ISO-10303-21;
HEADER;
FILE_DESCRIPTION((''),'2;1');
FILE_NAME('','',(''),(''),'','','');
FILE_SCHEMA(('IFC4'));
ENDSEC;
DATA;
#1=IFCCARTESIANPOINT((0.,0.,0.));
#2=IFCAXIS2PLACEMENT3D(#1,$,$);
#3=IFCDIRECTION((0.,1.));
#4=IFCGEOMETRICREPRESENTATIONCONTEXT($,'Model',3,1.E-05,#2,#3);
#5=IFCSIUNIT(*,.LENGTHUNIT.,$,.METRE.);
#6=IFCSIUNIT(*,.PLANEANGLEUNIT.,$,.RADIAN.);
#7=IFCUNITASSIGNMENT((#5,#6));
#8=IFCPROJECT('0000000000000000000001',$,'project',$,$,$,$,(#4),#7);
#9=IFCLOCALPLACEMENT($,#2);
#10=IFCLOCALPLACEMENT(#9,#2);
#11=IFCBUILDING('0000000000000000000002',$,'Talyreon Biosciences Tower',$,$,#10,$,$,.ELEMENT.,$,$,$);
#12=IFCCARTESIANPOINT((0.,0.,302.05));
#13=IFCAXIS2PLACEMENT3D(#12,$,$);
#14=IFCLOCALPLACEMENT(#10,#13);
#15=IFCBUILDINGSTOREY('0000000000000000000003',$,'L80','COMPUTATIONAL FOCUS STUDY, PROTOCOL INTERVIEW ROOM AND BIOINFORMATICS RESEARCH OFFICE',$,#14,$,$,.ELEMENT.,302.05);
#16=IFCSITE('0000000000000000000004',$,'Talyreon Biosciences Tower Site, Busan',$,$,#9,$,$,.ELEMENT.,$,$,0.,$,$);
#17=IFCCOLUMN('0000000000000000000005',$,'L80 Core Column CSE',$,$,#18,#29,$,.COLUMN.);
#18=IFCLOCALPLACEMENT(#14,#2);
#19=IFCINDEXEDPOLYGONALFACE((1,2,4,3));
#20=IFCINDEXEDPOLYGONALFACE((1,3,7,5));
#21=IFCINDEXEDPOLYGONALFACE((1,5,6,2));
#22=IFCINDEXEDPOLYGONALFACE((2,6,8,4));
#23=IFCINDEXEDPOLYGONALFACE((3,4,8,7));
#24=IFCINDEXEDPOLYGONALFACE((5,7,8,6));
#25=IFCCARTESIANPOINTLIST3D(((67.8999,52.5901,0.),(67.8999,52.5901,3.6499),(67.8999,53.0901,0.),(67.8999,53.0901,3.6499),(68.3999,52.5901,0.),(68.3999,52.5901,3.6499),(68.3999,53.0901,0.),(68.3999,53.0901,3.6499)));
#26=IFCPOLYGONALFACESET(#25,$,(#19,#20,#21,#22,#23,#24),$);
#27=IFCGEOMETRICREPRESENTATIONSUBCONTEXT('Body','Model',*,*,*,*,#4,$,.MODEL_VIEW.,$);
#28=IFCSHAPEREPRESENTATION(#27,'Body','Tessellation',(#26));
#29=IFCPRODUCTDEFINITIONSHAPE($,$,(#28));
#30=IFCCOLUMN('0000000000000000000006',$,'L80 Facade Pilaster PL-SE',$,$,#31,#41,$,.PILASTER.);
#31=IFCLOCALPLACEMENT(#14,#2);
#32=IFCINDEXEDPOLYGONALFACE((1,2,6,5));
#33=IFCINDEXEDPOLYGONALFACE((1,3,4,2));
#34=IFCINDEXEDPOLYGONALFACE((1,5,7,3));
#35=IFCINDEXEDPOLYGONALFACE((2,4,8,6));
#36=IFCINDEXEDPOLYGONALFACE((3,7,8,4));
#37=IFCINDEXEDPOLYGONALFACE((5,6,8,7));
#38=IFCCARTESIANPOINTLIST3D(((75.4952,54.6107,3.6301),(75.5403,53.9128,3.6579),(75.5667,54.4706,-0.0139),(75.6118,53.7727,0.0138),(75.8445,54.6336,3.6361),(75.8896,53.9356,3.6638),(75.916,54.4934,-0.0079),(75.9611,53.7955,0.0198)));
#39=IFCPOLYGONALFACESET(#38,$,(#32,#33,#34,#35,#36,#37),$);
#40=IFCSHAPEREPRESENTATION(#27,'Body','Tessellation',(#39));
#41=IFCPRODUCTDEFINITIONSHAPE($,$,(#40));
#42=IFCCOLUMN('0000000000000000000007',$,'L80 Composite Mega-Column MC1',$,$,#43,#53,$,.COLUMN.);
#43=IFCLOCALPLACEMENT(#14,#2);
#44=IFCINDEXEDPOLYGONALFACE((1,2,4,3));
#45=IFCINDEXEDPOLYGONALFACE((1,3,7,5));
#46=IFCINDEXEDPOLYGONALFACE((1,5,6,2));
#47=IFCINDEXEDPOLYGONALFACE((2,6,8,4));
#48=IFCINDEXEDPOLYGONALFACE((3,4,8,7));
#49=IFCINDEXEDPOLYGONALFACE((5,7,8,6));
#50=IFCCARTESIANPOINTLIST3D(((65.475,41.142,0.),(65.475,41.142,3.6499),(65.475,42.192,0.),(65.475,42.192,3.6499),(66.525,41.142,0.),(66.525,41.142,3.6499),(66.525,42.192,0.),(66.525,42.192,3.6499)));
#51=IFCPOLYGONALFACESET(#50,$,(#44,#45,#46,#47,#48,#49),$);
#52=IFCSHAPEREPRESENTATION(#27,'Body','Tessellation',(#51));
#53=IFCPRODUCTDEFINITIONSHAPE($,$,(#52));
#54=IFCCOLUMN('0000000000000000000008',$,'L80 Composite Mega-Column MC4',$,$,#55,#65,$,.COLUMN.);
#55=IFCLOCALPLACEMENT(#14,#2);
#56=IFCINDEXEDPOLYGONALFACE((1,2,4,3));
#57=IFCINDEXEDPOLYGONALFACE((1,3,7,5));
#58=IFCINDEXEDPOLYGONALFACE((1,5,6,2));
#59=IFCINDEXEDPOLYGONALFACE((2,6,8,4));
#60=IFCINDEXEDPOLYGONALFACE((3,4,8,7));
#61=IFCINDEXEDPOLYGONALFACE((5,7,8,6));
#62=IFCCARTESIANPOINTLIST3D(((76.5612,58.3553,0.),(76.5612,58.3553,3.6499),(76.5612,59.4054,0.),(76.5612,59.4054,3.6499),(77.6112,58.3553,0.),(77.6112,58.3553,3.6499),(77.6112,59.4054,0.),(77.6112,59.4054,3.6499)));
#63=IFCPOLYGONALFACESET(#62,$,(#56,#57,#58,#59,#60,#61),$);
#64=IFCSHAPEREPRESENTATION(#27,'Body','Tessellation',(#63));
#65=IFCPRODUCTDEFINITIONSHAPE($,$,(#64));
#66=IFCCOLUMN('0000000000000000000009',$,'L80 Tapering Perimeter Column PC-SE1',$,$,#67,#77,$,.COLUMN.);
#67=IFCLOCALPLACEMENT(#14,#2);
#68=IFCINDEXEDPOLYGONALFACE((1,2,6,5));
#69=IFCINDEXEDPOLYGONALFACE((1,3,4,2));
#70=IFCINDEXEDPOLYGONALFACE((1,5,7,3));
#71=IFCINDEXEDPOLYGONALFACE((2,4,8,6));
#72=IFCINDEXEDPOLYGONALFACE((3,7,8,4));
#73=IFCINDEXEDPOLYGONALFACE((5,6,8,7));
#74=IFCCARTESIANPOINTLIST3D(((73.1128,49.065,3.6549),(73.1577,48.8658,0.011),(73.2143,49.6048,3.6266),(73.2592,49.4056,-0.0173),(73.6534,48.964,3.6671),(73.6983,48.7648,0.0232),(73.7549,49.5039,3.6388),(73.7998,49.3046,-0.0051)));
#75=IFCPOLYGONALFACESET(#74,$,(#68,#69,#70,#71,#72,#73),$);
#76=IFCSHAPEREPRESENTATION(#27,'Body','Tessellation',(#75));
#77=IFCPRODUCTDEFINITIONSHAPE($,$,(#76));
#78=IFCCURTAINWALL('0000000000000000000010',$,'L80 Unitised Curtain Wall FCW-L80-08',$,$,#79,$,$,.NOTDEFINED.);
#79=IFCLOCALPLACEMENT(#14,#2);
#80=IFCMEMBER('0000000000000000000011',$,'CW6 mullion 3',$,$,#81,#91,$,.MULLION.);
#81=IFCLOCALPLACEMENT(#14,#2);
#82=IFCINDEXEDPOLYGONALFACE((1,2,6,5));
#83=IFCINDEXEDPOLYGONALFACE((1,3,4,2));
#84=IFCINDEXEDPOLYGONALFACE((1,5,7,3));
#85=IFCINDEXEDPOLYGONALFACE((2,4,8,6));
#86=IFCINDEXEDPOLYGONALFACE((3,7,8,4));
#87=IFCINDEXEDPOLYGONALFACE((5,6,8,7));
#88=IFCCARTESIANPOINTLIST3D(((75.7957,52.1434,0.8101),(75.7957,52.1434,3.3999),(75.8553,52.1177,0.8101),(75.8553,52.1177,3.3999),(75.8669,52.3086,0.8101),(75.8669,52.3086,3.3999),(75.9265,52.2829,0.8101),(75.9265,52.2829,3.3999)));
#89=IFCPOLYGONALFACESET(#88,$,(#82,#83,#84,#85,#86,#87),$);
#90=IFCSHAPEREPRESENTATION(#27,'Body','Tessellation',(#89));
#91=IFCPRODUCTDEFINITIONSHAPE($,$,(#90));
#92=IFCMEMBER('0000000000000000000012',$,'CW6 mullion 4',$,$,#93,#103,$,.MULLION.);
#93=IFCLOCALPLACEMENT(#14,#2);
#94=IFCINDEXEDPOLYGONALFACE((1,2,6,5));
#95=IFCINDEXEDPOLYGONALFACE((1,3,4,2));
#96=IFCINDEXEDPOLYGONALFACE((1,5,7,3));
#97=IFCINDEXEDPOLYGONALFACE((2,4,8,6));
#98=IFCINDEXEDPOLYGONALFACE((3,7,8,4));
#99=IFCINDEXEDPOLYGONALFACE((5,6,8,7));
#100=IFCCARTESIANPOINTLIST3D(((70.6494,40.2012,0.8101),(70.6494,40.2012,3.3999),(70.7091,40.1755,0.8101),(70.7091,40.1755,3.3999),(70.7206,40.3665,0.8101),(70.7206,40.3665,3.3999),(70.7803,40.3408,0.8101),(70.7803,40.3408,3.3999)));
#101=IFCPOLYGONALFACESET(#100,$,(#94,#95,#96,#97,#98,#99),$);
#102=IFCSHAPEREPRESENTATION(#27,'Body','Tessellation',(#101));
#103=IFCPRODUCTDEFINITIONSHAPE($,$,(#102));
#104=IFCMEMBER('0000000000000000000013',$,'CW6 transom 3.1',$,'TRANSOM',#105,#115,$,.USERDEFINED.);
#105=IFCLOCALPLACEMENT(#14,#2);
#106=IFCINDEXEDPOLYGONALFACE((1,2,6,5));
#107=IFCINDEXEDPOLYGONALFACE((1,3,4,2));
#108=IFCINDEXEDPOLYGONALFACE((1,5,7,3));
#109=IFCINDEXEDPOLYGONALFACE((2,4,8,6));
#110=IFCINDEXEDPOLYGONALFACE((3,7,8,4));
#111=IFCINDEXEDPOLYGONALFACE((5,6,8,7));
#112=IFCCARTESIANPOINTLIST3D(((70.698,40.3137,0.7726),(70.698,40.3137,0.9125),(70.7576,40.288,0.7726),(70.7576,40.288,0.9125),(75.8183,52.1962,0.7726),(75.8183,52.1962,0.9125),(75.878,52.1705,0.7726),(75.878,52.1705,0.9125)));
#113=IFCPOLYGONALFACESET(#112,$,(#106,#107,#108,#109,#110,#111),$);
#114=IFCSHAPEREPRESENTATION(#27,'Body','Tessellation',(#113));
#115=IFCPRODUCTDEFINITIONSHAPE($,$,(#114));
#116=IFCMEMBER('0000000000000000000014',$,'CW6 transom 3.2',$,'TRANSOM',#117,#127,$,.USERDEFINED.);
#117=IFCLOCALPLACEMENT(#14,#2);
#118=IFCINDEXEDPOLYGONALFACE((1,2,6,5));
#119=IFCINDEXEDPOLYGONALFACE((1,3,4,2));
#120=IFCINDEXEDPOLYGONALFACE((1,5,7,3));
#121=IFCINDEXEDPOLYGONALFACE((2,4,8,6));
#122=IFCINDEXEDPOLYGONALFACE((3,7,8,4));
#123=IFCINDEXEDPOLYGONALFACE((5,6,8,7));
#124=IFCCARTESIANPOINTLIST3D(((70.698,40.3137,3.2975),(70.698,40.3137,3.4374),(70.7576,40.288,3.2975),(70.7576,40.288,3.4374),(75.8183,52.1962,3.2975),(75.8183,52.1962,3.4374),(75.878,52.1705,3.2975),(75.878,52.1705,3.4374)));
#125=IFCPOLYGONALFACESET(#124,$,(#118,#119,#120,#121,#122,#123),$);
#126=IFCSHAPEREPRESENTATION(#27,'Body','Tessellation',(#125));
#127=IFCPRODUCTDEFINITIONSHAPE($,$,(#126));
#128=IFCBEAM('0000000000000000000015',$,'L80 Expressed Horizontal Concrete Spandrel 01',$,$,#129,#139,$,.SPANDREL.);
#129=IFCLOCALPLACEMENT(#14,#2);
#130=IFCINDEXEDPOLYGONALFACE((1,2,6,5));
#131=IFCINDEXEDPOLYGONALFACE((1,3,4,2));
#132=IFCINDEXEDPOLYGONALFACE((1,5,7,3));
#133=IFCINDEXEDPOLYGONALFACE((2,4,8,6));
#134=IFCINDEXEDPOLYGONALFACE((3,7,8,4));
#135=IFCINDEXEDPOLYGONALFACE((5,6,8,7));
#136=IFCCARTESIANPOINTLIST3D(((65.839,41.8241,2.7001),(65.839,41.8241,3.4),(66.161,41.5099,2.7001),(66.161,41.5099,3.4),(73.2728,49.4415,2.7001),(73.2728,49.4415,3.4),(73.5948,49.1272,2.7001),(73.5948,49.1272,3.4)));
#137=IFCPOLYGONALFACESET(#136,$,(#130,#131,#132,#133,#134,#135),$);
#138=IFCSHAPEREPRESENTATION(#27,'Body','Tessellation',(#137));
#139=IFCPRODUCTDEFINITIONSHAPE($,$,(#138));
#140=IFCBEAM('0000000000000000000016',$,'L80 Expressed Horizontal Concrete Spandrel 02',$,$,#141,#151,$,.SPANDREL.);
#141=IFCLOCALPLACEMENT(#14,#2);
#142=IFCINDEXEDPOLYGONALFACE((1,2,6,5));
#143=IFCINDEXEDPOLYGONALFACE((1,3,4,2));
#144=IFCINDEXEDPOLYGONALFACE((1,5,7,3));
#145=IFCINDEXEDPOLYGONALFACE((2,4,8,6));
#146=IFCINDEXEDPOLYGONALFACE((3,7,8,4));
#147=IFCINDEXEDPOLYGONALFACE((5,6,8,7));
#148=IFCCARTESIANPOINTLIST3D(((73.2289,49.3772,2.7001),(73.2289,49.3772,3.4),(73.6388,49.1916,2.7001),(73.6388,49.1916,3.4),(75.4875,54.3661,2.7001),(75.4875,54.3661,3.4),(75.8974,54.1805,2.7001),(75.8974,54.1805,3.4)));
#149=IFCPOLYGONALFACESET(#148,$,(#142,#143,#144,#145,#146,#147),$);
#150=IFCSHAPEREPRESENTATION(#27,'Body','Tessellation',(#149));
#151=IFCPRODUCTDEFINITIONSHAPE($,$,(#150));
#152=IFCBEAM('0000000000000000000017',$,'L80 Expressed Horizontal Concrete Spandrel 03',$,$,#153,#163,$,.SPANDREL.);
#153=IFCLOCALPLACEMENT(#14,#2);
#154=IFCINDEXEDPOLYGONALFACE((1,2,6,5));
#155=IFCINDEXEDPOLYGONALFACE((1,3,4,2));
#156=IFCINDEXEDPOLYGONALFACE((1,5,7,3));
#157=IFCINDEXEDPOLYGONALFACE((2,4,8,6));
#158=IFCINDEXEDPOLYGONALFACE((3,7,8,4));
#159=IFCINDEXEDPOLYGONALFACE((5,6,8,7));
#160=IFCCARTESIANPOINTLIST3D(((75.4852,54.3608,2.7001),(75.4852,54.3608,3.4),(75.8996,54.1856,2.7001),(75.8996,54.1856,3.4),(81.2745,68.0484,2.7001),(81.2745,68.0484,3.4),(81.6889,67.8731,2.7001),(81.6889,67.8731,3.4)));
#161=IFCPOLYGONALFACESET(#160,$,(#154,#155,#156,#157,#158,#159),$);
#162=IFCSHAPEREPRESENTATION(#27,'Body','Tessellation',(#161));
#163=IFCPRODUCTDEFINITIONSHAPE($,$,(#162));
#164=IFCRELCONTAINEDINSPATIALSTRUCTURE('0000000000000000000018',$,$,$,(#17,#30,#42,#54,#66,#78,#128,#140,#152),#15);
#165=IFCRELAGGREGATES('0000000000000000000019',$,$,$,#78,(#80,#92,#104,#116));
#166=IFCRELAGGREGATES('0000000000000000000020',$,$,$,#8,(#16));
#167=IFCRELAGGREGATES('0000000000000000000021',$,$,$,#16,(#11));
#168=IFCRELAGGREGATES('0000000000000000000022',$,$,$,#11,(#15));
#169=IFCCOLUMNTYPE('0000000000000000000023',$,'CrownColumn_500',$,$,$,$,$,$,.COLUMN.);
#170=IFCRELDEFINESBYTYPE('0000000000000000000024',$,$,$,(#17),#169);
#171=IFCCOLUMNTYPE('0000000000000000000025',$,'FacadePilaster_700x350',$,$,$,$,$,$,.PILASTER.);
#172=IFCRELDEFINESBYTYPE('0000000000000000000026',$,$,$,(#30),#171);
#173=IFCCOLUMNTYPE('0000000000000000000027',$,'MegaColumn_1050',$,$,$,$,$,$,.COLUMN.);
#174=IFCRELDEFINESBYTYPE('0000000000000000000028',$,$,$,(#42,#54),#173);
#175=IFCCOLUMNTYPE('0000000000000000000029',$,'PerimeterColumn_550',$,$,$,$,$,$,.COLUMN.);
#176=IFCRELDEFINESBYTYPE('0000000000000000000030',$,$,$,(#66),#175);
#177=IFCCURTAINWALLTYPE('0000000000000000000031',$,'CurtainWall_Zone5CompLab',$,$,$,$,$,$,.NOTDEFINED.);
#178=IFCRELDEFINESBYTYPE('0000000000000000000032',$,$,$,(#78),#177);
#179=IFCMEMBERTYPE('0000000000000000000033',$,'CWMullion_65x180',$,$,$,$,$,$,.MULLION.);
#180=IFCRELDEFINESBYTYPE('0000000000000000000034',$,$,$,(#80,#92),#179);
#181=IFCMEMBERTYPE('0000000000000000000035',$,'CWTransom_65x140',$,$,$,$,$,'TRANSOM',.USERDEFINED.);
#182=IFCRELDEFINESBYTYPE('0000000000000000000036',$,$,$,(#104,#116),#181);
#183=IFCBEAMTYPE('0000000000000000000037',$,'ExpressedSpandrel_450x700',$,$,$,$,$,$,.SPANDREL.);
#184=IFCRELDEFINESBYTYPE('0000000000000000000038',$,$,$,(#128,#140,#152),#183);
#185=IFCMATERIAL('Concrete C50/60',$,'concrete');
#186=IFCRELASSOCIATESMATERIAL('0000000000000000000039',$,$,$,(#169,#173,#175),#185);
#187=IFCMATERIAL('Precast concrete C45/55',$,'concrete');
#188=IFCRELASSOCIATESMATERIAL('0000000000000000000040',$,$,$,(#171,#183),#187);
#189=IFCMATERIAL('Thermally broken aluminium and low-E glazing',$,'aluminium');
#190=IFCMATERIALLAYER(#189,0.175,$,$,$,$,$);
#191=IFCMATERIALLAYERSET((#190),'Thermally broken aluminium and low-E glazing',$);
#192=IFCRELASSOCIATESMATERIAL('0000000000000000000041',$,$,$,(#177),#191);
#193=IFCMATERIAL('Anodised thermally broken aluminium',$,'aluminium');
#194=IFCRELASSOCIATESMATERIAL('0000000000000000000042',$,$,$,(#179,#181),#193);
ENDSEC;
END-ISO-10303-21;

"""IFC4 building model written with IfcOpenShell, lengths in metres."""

from ifc_helpers import new_model, si_unit, direction, frame, origin, origin_2d, place, context, subcontext, project, spatial, rectangle, extrude, material, layer, layer_set, material_profile, profile_set, type_object, element, aggregate, save


model = new_model("IFC4")

# Units and contexts
model_context = context("Model", 3, precision=1e-05, world=origin(), true_north=direction((0.0, 1.0)))
body_context = subcontext(model_context, "Body", "Model", "MODEL_VIEW")
ifc_project = project(units=[si_unit("LENGTHUNIT", "METRE"), si_unit("PLANEANGLEUNIT", "RADIAN")], contexts=[model_context])

# Site, building, storey
site_placement = place(None, origin())
site = spatial("IfcSite", under=ifc_project, at=site_placement, Name="Talyreon Biosciences Tower Site, Busan", CompositionType="ELEMENT", RefElevation=0.0)
building_placement = place(site_placement, origin())
building = spatial("IfcBuilding", under=site, at=building_placement, Name="Talyreon Biosciences Tower", CompositionType="ELEMENT")
storey_placement = place(building_placement, frame((0.0, 0.0, 302.05)))
storey = spatial("IfcBuildingStorey", under=building, at=storey_placement, Name="L80", Description="COMPUTATIONAL FOCUS STUDY, PROTOCOL INTERVIEW ROOM AND BIOINFORMATICS RESEARCH OFFICE", CompositionType="ELEMENT", Elevation=302.05)

# Columns
ifc_material_1 = material(Name="Concrete C50/60", Category="concrete")
ifc_material_profile_1 = material_profile(ifc_material_1, rectangle(XDim=0.5, YDim=0.5, at=origin_2d()), Name="RC 500x500")
ifc_profile_set_1 = profile_set([ifc_material_profile_1], Name="Concrete C50/60")
column_type_1 = type_object("IfcColumnType", Name="CrownColumn_500", PredefinedType="COLUMN", material=ifc_profile_set_1)
column_1_placement = place(storey_placement, frame((68.1499, 52.8401, 0.0), z_axis=(0.0, 0.0, 1.0), x_axis=(1.0, 0.0, 0.0)))
element("IfcColumn", 1, at=column_1_placement, inside=storey, type_object=column_type_1, Name="L80 Core Column CSE", PredefinedType="COLUMN", context=body_context, shape_type="SweptSolid", body=[
    extrude(rectangle(XDim=0.5, YDim=0.5, at=origin_2d()), origin(), (0.0, 0.0, 1.0), 3.6499),
])
ifc_material_2 = material(Name="Precast concrete C45/55", Category="concrete")
ifc_material_profile_2 = material_profile(ifc_material_2, rectangle(XDim=0.7, YDim=0.3501, at=origin_2d()), Name="RC 700x350")
ifc_profile_set_2 = profile_set([ifc_material_profile_2], Name="Precast concrete C45/55")
column_type_2 = type_object("IfcColumnType", Name="FacadePilaster_700x350", PredefinedType="PILASTER", material=ifc_profile_set_2)
column_2_placement = place(storey_placement, frame((75.7639, 54.1331, 0.0029), z_axis=(-0.019612, 0.038421, 0.999069), x_axis=(0.064512, -0.99713, 0.039612)))
element("IfcColumn", 2, at=column_2_placement, inside=storey, type_object=column_type_2, Name="L80 Facade Pilaster PL-SE", PredefinedType="PILASTER", context=body_context, shape_type="SweptSolid", body=[
    extrude(rectangle(XDim=0.7, YDim=0.3501, at=origin_2d()), origin(), (0.0, 0.0, 1.0), 3.6475),
])
ifc_material_profile_3 = material_profile(ifc_material_1, rectangle(XDim=1.05, YDim=1.05, at=origin_2d()), Name="RC 1050x1050")
ifc_profile_set_3 = profile_set([ifc_material_profile_3], Name="Concrete C50/60")
column_type_3 = type_object("IfcColumnType", Name="MegaColumn_1050", PredefinedType="COLUMN", material=ifc_profile_set_3)
for number, where, z_axis, x_axis, name in (
    (3, (66.0, 41.667, 0.0), (0.0, 0.0, 1.0), (1.0, 0.0, 0.0), "L80 Composite Mega-Column MC1"),
    (4, (77.0862, 58.8804, 0.0), (0.0, 0.0, 1.0), (1.0, 0.0, 0.0), "L80 Composite Mega-Column MC4"),
):
    element("IfcColumn", number, at=place(storey_placement, frame(where, z_axis=z_axis, x_axis=x_axis)), inside=storey, type_object=column_type_3, Name=name, PredefinedType="COLUMN", context=body_context, shape_type="SweptSolid", body=[
        extrude(rectangle(XDim=1.05, YDim=1.05, at=origin_2d()), origin(), (0.0, 0.0, 1.0), 3.6499),
    ])
ifc_material_profile_4 = material_profile(ifc_material_1, rectangle(XDim=0.55, YDim=0.55, at=origin_2d()), Name="RC 550x550")
ifc_profile_set_4 = profile_set([ifc_material_profile_4], Name="Concrete C50/60")
column_type_4 = type_object("IfcColumnType", Name="PerimeterColumn_550", PredefinedType="COLUMN", material=ifc_profile_set_4)
column_3_placement = place(storey_placement, frame((73.4788, 49.0852, 0.0029), z_axis=(-0.012308, 0.054584, 0.998433), x_axis=(-0.184506, -0.981487, 0.051383)))
element("IfcColumn", 5, at=column_3_placement, inside=storey, type_object=column_type_4, Name="L80 Tapering Perimeter Column PC-SE1", PredefinedType="COLUMN", context=body_context, shape_type="SweptSolid", body=[
    extrude(rectangle(XDim=0.55, YDim=0.55, at=origin_2d()), origin(), (0.0, 0.0, 1.0), 3.6497),
])

# Curtain wall, members
ifc_material_3 = material(Name="Thermally broken aluminium and low-E glazing", Category="aluminium")
ifc_layer_1 = layer(ifc_material_3, 0.175)
ifc_layer_set_1 = layer_set([ifc_layer_1], Name="Thermally broken aluminium and low-E glazing")
curtain_wall_type = type_object("IfcCurtainWallType", Name="CurtainWall_Zone5CompLab", PredefinedType="NOTDEFINED", material=ifc_layer_set_1)
curtain_wall_placement = place(storey_placement, origin())
curtain_wall = element("IfcCurtainWall", 6, at=curtain_wall_placement, inside=storey, type_object=curtain_wall_type, Name="L80 Unitised Curtain Wall FCW-L80-08", PredefinedType="NOTDEFINED")
ifc_material_4 = material(Name="Anodised thermally broken aluminium", Category="aluminium")
ifc_material_profile_5 = material_profile(ifc_material_4, rectangle(XDim=0.0649, YDim=0.1799, at=origin_2d()), Name="ALUM MULLION 65x180")
ifc_profile_set_5 = profile_set([ifc_material_profile_5], Name="Anodised thermally broken aluminium")
member_type_1 = type_object("IfcMemberType", Name="CWMullion_65x180", PredefinedType="MULLION", material=ifc_profile_set_5)
member_1_placement = place(storey_placement, frame((75.8611, 52.2131, 0.8101), z_axis=(0.0, 0.0, 1.0), x_axis=(0.918363, -0.395738, 0.0)))
member_1 = element("IfcMember", 7, at=member_1_placement, type_object=member_type_1, Name="CW6 mullion 3", PredefinedType="MULLION", context=body_context, shape_type="SweptSolid", body=[
    extrude(rectangle(XDim=0.0649, YDim=0.1799, at=origin_2d()), origin(), (0.0, 0.0, 1.0), 2.5898),
])
member_2_placement = place(storey_placement, frame((70.7148, 40.271, 0.8101), z_axis=(0.0, 0.0, 1.0), x_axis=(0.918363, -0.395738, 0.0)))
member_2 = element("IfcMember", 8, at=member_2_placement, type_object=member_type_1, Name="CW6 mullion 4", PredefinedType="MULLION", context=body_context, shape_type="SweptSolid", body=[
    extrude(rectangle(XDim=0.0649, YDim=0.1799, at=origin_2d()), origin(), (0.0, 0.0, 1.0), 2.5898),
])
ifc_material_profile_6 = material_profile(ifc_material_4, rectangle(XDim=0.0649, YDim=0.1399, at=origin_2d()), Name="ALUM TRANSOM 65x140")
ifc_profile_set_6 = profile_set([ifc_material_profile_6], Name="Anodised thermally broken aluminium")
member_type_2 = type_object("IfcMemberType", Name="CWTransom_65x140", ElementType="TRANSOM", PredefinedType="USERDEFINED", material=ifc_profile_set_6)
member_3_placement = place(storey_placement, frame((75.8481, 52.1833, 0.8425), z_axis=(-0.395736, -0.918364, 0.0), x_axis=(0.918364, -0.395736, 0.0)))
member_3 = element("IfcMember", 9, at=member_3_placement, type_object=member_type_2, Name="CW6 transom 3.1", ObjectType="TRANSOM", PredefinedType="USERDEFINED", context=body_context, shape_type="SweptSolid", body=[
    extrude(rectangle(XDim=0.0649, YDim=0.1399, at=origin_2d()), origin(), (0.0, 0.0, 1.0), 12.9387),
])
member_4_placement = place(storey_placement, frame((75.8481, 52.1833, 3.3674), z_axis=(-0.395736, -0.918364, 0.0), x_axis=(0.918364, -0.395736, 0.0)))
member_4 = element("IfcMember", 10, at=member_4_placement, type_object=member_type_2, Name="CW6 transom 3.2", ObjectType="TRANSOM", PredefinedType="USERDEFINED", context=body_context, shape_type="SweptSolid", body=[
    extrude(rectangle(XDim=0.0649, YDim=0.1399, at=origin_2d()), origin(), (0.0, 0.0, 1.0), 12.9387),
])

# Beams
ifc_material_profile_7 = material_profile(ifc_material_2, rectangle(XDim=0.45, YDim=0.7, at=origin_2d()), Name="RCB 450x700")
ifc_profile_set_7 = profile_set([ifc_material_profile_7], Name="Precast concrete C45/55")
beam_type_1 = type_object("IfcBeamType", Name="ExpressedSpandrel_450x700", PredefinedType="SPANDREL", material=ifc_profile_set_7)
beam_1_placement = place(storey_placement, frame((66.0, 41.667, 3.05), z_axis=(0.69843, 0.715679, 0.0), x_axis=(-0.715679, 0.69843, 0.0)))
element("IfcBeam", 11, at=beam_1_placement, inside=storey, type_object=beam_type_1, Name="L80 Expressed Horizontal Concrete Spandrel 01", PredefinedType="SPANDREL", context=body_context, shape_type="SweptSolid", body=[
    extrude(rectangle(XDim=0.45, YDim=0.7, at=origin_2d()), origin(), (0.0, 0.0, 1.0), 10.6436),
])
beam_2_placement = place(storey_placement, frame((73.4338, 49.2844, 3.05), z_axis=(0.412429, 0.91099, 0.0), x_axis=(-0.91099, 0.412429, 0.0)))
element("IfcBeam", 12, at=beam_2_placement, inside=storey, type_object=beam_type_1, Name="L80 Expressed Horizontal Concrete Spandrel 02", PredefinedType="SPANDREL", context=body_context, shape_type="SweptSolid", body=[
    extrude(rectangle(XDim=0.45, YDim=0.7, at=origin_2d()), origin(), (0.0, 0.0, 1.0), 5.4763),
])
beam_3_placement = place(storey_placement, frame((75.6924, 54.2732, 3.05), z_axis=(0.389551, 0.921005, 0.0), x_axis=(-0.921005, 0.389551, 0.0)))
element("IfcBeam", 13, at=beam_3_placement, inside=storey, type_object=beam_type_1, Name="L80 Expressed Horizontal Concrete Spandrel 03", PredefinedType="SPANDREL", context=body_context, shape_type="SweptSolid", body=[
    extrude(rectangle(XDim=0.45, YDim=0.7, at=origin_2d()), origin(), (0.0, 0.0, 1.0), 14.8616),
])

aggregate(curtain_wall, [member_1, member_2, member_3, member_4])

save(model, "model.ifc")
